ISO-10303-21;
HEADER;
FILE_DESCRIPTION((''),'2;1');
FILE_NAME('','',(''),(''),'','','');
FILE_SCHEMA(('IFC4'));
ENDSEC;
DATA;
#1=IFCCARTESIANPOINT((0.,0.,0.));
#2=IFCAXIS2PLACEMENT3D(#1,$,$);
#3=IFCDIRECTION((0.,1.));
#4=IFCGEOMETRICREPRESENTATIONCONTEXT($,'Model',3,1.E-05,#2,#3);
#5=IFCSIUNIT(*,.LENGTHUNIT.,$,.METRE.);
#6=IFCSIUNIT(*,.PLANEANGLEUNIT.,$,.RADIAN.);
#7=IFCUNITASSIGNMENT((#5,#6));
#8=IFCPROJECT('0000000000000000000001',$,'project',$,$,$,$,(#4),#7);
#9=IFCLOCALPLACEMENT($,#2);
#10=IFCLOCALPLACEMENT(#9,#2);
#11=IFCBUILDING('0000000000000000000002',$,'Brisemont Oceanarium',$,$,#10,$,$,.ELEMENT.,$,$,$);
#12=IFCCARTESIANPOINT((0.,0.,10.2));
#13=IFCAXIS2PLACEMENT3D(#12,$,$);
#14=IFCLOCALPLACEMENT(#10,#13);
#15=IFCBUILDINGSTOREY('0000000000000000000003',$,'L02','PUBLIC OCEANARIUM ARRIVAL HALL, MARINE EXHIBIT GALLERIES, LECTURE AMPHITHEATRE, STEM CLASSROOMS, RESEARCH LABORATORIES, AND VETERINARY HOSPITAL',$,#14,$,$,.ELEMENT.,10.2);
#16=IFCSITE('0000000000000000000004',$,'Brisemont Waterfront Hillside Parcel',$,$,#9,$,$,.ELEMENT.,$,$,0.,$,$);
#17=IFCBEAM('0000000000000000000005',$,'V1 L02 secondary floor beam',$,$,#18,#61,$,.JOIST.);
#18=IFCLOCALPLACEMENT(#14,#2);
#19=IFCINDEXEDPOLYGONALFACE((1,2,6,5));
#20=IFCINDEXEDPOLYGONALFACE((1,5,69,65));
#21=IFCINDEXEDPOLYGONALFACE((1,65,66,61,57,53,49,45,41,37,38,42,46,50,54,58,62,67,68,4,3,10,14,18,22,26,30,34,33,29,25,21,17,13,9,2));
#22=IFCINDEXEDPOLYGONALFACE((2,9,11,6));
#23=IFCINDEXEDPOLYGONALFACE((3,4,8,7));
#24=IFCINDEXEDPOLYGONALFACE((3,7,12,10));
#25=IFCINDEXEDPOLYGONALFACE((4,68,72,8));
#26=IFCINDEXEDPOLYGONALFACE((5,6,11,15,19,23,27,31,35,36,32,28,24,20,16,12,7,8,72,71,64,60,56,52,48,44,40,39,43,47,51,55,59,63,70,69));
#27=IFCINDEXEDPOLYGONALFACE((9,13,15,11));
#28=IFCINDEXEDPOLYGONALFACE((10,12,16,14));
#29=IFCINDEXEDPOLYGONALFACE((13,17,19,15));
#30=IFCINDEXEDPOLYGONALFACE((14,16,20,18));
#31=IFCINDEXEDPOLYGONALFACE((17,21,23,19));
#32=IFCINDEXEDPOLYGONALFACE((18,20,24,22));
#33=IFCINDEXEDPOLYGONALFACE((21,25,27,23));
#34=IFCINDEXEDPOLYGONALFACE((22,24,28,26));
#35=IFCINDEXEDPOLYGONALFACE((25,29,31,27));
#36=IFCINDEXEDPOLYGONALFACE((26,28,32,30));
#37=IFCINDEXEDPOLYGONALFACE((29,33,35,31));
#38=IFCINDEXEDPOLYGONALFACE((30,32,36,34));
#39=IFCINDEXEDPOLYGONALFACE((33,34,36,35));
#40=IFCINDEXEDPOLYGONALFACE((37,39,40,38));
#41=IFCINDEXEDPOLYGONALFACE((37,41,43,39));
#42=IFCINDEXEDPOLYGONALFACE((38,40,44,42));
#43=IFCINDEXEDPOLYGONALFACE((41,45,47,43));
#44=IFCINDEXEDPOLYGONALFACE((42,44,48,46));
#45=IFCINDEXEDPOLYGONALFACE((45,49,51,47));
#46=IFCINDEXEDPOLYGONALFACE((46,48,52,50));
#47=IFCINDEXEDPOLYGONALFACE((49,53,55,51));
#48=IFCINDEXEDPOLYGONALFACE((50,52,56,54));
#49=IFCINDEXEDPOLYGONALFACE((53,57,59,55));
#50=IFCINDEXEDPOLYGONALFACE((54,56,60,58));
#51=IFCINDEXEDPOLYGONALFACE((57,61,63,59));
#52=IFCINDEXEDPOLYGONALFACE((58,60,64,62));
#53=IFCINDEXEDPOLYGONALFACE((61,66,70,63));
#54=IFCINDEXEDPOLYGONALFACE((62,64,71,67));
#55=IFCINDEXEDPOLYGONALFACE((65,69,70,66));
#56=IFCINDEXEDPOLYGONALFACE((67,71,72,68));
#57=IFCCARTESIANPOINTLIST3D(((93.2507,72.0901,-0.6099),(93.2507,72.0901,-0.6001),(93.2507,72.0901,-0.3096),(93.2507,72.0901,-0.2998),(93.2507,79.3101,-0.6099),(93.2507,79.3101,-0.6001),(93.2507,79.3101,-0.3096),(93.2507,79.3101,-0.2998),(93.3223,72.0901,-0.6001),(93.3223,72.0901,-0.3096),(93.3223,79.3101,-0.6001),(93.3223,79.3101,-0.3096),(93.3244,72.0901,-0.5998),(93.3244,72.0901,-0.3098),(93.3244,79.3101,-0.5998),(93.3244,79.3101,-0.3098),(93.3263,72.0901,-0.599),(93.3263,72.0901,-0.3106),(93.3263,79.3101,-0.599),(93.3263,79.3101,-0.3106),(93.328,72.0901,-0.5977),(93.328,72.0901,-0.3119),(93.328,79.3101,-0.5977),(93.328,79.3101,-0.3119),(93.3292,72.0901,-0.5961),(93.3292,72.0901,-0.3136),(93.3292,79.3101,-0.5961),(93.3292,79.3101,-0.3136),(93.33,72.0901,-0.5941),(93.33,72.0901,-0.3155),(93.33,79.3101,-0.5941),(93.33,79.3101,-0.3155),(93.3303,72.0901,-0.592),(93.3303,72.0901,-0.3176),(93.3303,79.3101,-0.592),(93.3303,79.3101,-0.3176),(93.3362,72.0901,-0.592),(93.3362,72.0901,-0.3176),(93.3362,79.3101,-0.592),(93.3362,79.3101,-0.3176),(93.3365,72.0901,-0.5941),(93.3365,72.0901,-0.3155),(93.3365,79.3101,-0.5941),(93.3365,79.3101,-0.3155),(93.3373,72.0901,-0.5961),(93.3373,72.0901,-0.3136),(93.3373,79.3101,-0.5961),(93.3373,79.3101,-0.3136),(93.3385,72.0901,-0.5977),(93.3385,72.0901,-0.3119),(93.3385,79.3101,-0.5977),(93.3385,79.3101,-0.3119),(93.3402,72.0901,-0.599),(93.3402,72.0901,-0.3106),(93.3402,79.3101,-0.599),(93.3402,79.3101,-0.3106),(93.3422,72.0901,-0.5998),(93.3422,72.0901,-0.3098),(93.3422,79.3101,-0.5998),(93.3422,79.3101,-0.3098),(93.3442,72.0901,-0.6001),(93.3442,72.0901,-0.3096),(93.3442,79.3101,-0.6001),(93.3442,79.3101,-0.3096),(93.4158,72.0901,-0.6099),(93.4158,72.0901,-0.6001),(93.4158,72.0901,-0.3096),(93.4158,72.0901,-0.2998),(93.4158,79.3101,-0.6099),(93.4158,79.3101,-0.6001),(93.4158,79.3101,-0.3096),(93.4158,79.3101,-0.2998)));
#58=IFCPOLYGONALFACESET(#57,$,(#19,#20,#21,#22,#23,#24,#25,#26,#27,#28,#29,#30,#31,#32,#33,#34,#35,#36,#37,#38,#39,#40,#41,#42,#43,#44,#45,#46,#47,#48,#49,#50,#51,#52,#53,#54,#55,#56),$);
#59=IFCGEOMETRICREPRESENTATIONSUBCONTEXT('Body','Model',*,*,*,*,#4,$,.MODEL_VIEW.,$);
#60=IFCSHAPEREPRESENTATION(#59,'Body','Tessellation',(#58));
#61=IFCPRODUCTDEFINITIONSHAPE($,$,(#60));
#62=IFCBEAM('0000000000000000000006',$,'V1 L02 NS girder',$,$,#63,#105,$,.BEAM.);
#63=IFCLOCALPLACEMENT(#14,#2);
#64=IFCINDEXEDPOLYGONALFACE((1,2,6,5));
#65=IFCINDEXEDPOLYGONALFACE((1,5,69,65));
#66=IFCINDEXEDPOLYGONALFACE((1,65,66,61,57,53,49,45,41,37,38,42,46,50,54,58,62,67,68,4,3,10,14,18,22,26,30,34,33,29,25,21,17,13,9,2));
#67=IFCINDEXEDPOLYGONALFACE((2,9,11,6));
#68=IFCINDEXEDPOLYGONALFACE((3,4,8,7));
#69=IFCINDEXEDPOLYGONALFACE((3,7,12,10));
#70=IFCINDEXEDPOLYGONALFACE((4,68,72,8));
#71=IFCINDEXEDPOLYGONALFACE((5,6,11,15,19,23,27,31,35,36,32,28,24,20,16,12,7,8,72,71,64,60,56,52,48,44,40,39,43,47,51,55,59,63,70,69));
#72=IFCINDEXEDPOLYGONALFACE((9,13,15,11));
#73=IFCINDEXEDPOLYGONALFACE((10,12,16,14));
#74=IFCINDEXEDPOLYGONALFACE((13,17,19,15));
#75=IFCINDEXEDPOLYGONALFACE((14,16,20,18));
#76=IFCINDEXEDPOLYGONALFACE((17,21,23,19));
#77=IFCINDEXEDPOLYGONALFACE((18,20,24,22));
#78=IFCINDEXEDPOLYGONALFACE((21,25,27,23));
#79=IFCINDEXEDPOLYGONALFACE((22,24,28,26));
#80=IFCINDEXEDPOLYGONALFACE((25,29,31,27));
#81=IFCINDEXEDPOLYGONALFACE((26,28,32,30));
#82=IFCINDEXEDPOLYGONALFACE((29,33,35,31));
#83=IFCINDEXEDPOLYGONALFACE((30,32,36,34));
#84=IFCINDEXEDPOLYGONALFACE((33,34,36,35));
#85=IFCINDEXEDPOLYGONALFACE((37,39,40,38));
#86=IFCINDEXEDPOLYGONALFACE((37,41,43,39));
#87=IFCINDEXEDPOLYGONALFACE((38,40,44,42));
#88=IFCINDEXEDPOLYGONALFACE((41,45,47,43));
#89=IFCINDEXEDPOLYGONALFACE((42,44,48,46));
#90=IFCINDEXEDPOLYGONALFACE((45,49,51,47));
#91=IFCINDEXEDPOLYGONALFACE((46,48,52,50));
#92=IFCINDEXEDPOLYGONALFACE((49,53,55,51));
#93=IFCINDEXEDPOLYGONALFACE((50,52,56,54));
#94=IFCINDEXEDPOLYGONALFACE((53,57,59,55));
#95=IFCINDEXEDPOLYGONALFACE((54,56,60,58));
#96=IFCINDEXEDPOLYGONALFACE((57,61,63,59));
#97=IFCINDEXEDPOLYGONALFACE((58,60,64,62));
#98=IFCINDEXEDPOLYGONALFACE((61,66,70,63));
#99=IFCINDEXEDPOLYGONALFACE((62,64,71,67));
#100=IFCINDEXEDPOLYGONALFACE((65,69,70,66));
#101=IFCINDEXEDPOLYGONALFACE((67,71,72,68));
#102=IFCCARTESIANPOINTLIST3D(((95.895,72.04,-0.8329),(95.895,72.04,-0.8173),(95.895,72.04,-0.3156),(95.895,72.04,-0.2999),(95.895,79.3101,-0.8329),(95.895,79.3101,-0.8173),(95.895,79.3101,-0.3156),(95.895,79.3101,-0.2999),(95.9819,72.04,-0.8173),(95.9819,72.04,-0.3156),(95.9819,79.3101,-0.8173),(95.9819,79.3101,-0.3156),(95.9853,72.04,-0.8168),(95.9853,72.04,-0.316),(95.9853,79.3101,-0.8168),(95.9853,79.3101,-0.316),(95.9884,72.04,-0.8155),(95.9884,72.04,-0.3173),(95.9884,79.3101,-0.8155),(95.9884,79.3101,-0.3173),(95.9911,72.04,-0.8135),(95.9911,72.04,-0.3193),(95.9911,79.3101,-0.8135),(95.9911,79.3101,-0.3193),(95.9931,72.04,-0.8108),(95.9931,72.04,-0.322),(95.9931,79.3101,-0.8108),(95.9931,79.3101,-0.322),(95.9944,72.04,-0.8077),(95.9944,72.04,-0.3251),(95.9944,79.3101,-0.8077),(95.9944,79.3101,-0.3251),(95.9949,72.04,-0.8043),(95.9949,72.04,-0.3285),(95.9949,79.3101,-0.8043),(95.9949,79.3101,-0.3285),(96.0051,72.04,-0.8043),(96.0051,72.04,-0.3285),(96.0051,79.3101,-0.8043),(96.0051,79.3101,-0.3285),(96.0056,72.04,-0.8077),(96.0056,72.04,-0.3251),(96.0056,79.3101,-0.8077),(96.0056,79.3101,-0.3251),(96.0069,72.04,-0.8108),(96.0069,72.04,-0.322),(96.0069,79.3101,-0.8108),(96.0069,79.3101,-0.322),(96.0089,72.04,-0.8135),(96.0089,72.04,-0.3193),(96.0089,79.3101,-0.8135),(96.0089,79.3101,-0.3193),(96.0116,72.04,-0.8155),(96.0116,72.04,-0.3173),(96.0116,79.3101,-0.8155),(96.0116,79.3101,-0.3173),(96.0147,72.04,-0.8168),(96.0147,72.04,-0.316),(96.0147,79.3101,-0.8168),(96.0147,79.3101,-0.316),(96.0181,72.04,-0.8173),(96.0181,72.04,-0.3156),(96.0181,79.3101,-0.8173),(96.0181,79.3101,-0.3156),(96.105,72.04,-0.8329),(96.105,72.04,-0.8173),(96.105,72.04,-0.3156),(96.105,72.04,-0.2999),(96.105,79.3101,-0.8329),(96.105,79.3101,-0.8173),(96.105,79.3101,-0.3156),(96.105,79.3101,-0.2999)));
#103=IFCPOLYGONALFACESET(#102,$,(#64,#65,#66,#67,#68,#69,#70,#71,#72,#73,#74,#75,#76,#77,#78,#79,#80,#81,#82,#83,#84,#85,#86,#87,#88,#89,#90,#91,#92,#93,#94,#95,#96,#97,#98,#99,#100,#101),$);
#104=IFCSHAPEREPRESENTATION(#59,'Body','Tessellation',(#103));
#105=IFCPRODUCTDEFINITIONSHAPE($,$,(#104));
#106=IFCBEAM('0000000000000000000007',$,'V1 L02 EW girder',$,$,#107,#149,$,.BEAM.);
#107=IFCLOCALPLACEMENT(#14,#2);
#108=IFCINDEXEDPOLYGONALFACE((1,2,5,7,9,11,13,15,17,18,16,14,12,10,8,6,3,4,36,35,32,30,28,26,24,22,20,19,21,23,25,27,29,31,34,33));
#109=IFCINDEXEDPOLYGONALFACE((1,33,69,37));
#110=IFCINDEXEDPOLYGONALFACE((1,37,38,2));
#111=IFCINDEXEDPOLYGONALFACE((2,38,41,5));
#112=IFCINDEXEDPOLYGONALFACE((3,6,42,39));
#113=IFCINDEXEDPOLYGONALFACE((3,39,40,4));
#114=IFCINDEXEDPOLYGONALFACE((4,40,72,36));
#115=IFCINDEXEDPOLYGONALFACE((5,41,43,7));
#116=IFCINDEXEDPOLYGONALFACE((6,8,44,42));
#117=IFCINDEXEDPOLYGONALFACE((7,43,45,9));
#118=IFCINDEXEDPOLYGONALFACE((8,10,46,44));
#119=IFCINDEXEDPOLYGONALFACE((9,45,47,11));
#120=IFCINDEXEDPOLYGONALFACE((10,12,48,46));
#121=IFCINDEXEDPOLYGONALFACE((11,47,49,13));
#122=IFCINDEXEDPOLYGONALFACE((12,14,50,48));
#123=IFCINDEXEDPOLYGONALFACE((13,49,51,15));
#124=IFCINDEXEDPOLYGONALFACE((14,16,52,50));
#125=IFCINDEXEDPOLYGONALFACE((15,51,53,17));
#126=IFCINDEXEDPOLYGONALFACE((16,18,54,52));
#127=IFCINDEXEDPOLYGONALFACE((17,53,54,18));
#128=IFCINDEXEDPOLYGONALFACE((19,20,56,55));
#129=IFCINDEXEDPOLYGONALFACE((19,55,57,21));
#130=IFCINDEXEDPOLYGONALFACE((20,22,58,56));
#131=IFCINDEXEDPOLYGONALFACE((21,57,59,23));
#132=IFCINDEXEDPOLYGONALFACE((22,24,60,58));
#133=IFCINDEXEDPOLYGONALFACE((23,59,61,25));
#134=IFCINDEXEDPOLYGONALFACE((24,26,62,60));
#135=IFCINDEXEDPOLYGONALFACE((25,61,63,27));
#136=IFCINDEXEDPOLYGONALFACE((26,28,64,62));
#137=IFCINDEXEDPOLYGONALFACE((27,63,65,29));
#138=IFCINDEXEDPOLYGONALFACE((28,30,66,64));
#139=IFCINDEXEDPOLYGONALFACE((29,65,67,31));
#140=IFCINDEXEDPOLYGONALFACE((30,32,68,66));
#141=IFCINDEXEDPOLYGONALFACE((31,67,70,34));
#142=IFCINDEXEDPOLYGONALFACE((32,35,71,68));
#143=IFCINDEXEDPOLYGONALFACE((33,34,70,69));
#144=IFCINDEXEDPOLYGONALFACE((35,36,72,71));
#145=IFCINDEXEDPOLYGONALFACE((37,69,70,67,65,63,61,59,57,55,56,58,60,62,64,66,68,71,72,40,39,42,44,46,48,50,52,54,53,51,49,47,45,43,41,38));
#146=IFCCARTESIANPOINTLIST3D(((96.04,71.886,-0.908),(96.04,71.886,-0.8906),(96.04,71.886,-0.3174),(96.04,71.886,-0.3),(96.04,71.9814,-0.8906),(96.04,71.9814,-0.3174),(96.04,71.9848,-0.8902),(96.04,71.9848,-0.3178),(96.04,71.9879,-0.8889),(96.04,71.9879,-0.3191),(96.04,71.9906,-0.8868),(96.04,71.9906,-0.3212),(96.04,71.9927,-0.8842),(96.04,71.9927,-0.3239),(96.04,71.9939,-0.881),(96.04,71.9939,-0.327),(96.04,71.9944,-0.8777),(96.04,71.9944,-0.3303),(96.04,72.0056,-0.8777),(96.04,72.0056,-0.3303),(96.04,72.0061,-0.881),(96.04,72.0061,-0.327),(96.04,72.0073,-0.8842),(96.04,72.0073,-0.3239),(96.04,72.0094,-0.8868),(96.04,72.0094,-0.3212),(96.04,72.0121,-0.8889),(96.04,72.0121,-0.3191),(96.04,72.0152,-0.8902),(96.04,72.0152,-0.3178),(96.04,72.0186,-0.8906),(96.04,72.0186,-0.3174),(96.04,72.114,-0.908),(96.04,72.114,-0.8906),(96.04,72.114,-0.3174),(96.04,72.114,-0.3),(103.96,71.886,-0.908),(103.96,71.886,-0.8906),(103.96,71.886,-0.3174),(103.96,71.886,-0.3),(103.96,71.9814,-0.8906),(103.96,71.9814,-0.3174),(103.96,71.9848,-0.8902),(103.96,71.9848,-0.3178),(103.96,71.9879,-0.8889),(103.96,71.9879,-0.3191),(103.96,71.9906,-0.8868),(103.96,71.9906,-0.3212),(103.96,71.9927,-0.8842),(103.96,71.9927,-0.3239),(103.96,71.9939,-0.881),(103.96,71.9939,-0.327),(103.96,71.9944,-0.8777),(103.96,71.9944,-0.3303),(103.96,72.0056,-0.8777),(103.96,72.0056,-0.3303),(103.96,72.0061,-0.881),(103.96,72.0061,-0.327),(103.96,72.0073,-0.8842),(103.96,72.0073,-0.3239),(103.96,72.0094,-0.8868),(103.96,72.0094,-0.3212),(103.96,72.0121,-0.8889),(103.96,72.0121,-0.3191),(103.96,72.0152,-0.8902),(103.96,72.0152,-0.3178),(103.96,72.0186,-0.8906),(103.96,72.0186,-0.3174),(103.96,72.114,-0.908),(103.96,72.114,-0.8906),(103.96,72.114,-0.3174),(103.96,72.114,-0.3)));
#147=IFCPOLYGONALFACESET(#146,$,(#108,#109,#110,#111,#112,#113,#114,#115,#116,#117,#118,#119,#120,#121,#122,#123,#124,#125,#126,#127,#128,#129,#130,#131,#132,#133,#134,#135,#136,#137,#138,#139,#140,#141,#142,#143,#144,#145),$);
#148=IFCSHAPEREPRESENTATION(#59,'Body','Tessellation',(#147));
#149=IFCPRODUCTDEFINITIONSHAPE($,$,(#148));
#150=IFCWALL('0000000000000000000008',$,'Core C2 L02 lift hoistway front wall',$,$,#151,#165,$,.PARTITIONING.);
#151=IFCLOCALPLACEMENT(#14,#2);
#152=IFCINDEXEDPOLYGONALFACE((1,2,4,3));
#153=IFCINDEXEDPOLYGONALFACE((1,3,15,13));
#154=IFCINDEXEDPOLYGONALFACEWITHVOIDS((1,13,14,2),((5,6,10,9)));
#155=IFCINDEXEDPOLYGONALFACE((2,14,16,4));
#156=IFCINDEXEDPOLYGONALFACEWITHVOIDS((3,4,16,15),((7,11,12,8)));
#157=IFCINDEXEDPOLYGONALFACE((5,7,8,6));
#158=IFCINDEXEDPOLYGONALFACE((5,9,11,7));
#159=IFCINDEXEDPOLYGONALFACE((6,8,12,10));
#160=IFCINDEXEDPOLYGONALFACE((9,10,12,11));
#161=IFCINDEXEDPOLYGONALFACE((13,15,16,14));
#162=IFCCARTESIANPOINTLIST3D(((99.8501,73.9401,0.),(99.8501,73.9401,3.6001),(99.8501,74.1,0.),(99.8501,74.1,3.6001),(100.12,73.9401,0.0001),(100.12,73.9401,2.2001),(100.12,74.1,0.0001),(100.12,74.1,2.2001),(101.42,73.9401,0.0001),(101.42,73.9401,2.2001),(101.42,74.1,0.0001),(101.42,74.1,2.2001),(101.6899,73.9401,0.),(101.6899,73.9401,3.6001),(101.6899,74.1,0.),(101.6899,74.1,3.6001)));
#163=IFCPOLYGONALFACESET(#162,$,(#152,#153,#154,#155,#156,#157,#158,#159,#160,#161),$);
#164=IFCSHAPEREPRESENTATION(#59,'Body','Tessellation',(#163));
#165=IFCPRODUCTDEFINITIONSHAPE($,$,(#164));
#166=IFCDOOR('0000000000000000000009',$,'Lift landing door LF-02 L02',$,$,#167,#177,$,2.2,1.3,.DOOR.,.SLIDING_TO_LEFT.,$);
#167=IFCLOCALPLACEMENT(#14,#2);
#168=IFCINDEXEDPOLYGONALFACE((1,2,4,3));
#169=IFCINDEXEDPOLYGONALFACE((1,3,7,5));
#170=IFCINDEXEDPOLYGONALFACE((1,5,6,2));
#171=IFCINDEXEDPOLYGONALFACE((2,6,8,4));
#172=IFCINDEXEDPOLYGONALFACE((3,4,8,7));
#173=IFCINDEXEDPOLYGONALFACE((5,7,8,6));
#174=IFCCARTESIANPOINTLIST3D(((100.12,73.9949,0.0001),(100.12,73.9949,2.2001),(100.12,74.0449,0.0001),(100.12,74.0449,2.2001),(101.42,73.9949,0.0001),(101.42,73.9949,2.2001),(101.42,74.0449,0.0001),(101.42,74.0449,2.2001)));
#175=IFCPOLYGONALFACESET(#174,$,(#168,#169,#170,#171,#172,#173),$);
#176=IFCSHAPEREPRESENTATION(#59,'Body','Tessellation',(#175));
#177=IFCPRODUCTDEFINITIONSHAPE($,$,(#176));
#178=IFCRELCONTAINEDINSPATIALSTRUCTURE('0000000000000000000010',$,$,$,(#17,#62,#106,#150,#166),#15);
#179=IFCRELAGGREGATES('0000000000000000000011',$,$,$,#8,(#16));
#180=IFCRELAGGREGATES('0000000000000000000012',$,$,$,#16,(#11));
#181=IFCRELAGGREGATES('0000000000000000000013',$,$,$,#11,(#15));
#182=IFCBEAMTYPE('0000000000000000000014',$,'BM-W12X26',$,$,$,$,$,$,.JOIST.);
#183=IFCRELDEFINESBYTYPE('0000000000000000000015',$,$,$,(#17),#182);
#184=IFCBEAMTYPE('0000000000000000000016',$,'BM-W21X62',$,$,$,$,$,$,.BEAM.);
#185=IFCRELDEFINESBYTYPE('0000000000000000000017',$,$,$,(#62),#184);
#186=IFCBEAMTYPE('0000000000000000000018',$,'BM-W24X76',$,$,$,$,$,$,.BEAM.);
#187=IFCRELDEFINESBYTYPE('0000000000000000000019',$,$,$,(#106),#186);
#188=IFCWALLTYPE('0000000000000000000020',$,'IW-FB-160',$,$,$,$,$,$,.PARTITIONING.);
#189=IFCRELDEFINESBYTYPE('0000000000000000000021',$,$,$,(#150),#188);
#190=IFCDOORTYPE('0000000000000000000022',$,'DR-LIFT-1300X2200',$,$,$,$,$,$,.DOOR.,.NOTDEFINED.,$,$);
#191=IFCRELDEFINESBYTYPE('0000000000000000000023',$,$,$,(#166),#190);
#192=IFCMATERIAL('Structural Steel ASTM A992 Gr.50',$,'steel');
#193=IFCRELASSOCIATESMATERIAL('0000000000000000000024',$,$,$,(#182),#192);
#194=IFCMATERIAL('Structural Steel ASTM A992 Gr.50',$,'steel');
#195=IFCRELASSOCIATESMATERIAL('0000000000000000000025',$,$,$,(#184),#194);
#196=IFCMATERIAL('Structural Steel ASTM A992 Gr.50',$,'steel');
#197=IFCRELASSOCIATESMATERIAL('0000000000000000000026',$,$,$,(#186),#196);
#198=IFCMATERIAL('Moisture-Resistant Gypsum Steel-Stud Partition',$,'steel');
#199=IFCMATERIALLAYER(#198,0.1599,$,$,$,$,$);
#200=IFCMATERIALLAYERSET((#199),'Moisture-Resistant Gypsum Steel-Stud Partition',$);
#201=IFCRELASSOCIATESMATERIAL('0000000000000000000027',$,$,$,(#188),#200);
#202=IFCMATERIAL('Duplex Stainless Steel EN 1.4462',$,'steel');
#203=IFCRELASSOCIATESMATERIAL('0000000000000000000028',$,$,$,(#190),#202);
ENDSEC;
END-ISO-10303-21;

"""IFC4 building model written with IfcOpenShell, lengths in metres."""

from ifc_helpers import new_model, si_unit, direction, frame, frame_2d, origin, origin_2d, place, context, subcontext, project, spatial, rectangle, i_section, extrude, material, layer, layer_set, material_profile, profile_set, type_object, element, fill, save


model = new_model("IFC4")

# Units and contexts
model_context = context("Model", 3, precision=1e-05, world=origin(), true_north=direction((0.0, 1.0)))
body_context = subcontext(model_context, "Body", "Model", "MODEL_VIEW")
ifc_project = project(units=[si_unit("LENGTHUNIT", "METRE"), si_unit("PLANEANGLEUNIT", "RADIAN")], contexts=[model_context])

# Site, building, storey
site_placement = place(None, origin())
site = spatial("IfcSite", under=ifc_project, at=site_placement, Name="Brisemont Waterfront Hillside Parcel", CompositionType="ELEMENT", RefElevation=0.0)
building_placement = place(site_placement, origin())
building = spatial("IfcBuilding", under=site, at=building_placement, Name="Brisemont Oceanarium", CompositionType="ELEMENT")
storey_placement = place(building_placement, frame((0.0, 0.0, 10.2)))
storey = spatial("IfcBuildingStorey", under=building, at=storey_placement, Name="L02", Description="PUBLIC OCEANARIUM ARRIVAL HALL, MARINE EXHIBIT GALLERIES, LECTURE AMPHITHEATRE, STEM CLASSROOMS, RESEARCH LABORATORIES, AND VETERINARY HOSPITAL", CompositionType="ELEMENT", Elevation=10.2)

# Beams
ifc_material_1 = material(Name="Structural Steel ASTM A992 Gr.50", Category="steel")
ifc_material_profile_1 = material_profile(ifc_material_1, i_section(OverallWidth=0.165, OverallDepth=0.3101, WebThickness=0.0059, FlangeThickness=0.0098, FilletRadius=0.0081, at=origin_2d()), Name="W12X26")
ifc_profile_set_1 = profile_set([ifc_material_profile_1], Name="Structural Steel ASTM A992 Gr.50")
beam_type_1 = type_object("IfcBeamType", Name="BM-W12X26", PredefinedType="JOIST", material=ifc_profile_set_1)
beam_1_placement = place(storey_placement, frame((93.3333, 72.0901, -0.4548), z_axis=(0.0, 1.0, 0.0), x_axis=(-1.0, 0.0, 0.0)))
element("IfcBeam", 1, at=beam_1_placement, inside=storey, type_object=beam_type_1, Name="V1 L02 secondary floor beam", PredefinedType="JOIST", context=body_context, shape_type="SweptSolid", body=[
    extrude(i_section(OverallWidth=0.165, OverallDepth=0.3101, WebThickness=0.0059, FlangeThickness=0.0098, FilletRadius=0.0081, at=origin_2d()), origin(), (0.0, 0.0, 1.0), 7.22),
])
ifc_material_2 = material(Name="Structural Steel ASTM A992 Gr.50", Category="steel")
ifc_material_profile_2 = material_profile(ifc_material_2, i_section(OverallWidth=0.21, OverallDepth=0.533, WebThickness=0.0103, FlangeThickness=0.0156, FilletRadius=0.0129, at=origin_2d()), Name="W21X62")
ifc_profile_set_2 = profile_set([ifc_material_profile_2], Name="Structural Steel ASTM A992 Gr.50")
beam_type_2 = type_object("IfcBeamType", Name="BM-W21X62", PredefinedType="BEAM", material=ifc_profile_set_2)
beam_2_placement = place(storey_placement, frame((96.0, 72.04, -0.5664), z_axis=(0.0, 1.0, 0.0), x_axis=(-1.0, 0.0, 0.0)))
element("IfcBeam", 2, at=beam_2_placement, inside=storey, type_object=beam_type_2, Name="V1 L02 NS girder", PredefinedType="BEAM", context=body_context, shape_type="SweptSolid", body=[
    extrude(i_section(OverallWidth=0.21, OverallDepth=0.533, WebThickness=0.0103, FlangeThickness=0.0156, FilletRadius=0.0129, at=origin_2d()), origin(), (0.0, 0.0, 1.0), 7.27),
])
ifc_material_3 = material(Name="Structural Steel ASTM A992 Gr.50", Category="steel")
ifc_material_profile_3 = material_profile(ifc_material_3, i_section(OverallWidth=0.228, OverallDepth=0.6079, WebThickness=0.0112, FlangeThickness=0.0173, FilletRadius=0.0129, at=origin_2d()), Name="W24X76")
ifc_profile_set_3 = profile_set([ifc_material_profile_3], Name="Structural Steel ASTM A992 Gr.50")
beam_type_3 = type_object("IfcBeamType", Name="BM-W24X76", PredefinedType="BEAM", material=ifc_profile_set_3)
beam_3_placement = place(storey_placement, frame((96.04, 72.0, -0.604), z_axis=(1.0, 0.0, 0.0), x_axis=(0.0, 1.0, 0.0)))
element("IfcBeam", 3, at=beam_3_placement, inside=storey, type_object=beam_type_3, Name="V1 L02 EW girder", PredefinedType="BEAM", context=body_context, shape_type="SweptSolid", body=[
    extrude(i_section(OverallWidth=0.228, OverallDepth=0.6079, WebThickness=0.0112, FlangeThickness=0.0173, FilletRadius=0.0129, at=origin_2d()), origin(), (0.0, 0.0, 1.0), 7.9199),
])

# Wall, opening, door
ifc_material_4 = material(Name="Moisture-Resistant Gypsum Steel-Stud Partition", Category="steel")
ifc_layer_1 = layer(ifc_material_4, 0.1599)
ifc_layer_set_1 = layer_set([ifc_layer_1], Name="Moisture-Resistant Gypsum Steel-Stud Partition")
wall_type_1 = type_object("IfcWallType", Name="IW-FB-160", PredefinedType="PARTITIONING", material=ifc_layer_set_1)
wall_1_placement = place(storey_placement, frame((99.8501, 74.02, 0.0), z_axis=(0.0, 0.0, 1.0), x_axis=(1.0, 0.0, 0.0)))
wall_1 = element("IfcWall", 4, at=wall_1_placement, inside=storey, type_object=wall_type_1, Name="Core C2 L02 lift hoistway front wall", PredefinedType="PARTITIONING", context=body_context, shape_type="SweptSolid", body=[
    extrude(rectangle(XDim=1.8398, YDim=0.1599, at=frame_2d((0.9199, 0.0))), origin(), (0.0, 0.0, 1.0), 3.6001),
])
opening_1_placement = place(wall_1_placement, frame((0.27, 0.0, 0.0)))
opening_1 = element("IfcOpeningElement", 5, at=opening_1_placement, cuts=wall_1, PredefinedType="OPENING", context=body_context, shape_type="SweptSolid", body=[
    extrude(rectangle(XDim=1.3, YDim=2.2, at=frame_2d((0.6499, 1.1001))), frame((0.0, 0.0898, 0.0), z_axis=(0.0, -1.0, 0.0), x_axis=(1.0, 0.0, 0.0)), (0.0, 0.0, 1.0), 0.1799),
])
ifc_material_5 = material(Name="Duplex Stainless Steel EN 1.4462", Category="steel")
door_type_1 = type_object("IfcDoorType", Name="DR-LIFT-1300X2200", OperationType="NOTDEFINED", PredefinedType="DOOR", material=ifc_material_5)
door_1_placement = place(opening_1_placement, origin())
door_1 = element("IfcDoor", 6, at=door_1_placement, inside=storey, type_object=door_type_1, Name="Lift landing door LF-02 L02", OperationType="SLIDING_TO_LEFT", OverallHeight=2.2, OverallWidth=1.3, PredefinedType="DOOR", context=body_context, shape_type="SweptSolid", body=[
    extrude(rectangle(XDim=1.3, YDim=2.2, at=frame_2d((0.6499, 1.1001))), frame((0.0, 0.0249, 0.0), z_axis=(0.0, -1.0, 0.0), x_axis=(1.0, 0.0, 0.0)), (0.0, 0.0, 1.0), 0.05),
])
fill(opening_1, door_1)

save(model, "model.ifc")
